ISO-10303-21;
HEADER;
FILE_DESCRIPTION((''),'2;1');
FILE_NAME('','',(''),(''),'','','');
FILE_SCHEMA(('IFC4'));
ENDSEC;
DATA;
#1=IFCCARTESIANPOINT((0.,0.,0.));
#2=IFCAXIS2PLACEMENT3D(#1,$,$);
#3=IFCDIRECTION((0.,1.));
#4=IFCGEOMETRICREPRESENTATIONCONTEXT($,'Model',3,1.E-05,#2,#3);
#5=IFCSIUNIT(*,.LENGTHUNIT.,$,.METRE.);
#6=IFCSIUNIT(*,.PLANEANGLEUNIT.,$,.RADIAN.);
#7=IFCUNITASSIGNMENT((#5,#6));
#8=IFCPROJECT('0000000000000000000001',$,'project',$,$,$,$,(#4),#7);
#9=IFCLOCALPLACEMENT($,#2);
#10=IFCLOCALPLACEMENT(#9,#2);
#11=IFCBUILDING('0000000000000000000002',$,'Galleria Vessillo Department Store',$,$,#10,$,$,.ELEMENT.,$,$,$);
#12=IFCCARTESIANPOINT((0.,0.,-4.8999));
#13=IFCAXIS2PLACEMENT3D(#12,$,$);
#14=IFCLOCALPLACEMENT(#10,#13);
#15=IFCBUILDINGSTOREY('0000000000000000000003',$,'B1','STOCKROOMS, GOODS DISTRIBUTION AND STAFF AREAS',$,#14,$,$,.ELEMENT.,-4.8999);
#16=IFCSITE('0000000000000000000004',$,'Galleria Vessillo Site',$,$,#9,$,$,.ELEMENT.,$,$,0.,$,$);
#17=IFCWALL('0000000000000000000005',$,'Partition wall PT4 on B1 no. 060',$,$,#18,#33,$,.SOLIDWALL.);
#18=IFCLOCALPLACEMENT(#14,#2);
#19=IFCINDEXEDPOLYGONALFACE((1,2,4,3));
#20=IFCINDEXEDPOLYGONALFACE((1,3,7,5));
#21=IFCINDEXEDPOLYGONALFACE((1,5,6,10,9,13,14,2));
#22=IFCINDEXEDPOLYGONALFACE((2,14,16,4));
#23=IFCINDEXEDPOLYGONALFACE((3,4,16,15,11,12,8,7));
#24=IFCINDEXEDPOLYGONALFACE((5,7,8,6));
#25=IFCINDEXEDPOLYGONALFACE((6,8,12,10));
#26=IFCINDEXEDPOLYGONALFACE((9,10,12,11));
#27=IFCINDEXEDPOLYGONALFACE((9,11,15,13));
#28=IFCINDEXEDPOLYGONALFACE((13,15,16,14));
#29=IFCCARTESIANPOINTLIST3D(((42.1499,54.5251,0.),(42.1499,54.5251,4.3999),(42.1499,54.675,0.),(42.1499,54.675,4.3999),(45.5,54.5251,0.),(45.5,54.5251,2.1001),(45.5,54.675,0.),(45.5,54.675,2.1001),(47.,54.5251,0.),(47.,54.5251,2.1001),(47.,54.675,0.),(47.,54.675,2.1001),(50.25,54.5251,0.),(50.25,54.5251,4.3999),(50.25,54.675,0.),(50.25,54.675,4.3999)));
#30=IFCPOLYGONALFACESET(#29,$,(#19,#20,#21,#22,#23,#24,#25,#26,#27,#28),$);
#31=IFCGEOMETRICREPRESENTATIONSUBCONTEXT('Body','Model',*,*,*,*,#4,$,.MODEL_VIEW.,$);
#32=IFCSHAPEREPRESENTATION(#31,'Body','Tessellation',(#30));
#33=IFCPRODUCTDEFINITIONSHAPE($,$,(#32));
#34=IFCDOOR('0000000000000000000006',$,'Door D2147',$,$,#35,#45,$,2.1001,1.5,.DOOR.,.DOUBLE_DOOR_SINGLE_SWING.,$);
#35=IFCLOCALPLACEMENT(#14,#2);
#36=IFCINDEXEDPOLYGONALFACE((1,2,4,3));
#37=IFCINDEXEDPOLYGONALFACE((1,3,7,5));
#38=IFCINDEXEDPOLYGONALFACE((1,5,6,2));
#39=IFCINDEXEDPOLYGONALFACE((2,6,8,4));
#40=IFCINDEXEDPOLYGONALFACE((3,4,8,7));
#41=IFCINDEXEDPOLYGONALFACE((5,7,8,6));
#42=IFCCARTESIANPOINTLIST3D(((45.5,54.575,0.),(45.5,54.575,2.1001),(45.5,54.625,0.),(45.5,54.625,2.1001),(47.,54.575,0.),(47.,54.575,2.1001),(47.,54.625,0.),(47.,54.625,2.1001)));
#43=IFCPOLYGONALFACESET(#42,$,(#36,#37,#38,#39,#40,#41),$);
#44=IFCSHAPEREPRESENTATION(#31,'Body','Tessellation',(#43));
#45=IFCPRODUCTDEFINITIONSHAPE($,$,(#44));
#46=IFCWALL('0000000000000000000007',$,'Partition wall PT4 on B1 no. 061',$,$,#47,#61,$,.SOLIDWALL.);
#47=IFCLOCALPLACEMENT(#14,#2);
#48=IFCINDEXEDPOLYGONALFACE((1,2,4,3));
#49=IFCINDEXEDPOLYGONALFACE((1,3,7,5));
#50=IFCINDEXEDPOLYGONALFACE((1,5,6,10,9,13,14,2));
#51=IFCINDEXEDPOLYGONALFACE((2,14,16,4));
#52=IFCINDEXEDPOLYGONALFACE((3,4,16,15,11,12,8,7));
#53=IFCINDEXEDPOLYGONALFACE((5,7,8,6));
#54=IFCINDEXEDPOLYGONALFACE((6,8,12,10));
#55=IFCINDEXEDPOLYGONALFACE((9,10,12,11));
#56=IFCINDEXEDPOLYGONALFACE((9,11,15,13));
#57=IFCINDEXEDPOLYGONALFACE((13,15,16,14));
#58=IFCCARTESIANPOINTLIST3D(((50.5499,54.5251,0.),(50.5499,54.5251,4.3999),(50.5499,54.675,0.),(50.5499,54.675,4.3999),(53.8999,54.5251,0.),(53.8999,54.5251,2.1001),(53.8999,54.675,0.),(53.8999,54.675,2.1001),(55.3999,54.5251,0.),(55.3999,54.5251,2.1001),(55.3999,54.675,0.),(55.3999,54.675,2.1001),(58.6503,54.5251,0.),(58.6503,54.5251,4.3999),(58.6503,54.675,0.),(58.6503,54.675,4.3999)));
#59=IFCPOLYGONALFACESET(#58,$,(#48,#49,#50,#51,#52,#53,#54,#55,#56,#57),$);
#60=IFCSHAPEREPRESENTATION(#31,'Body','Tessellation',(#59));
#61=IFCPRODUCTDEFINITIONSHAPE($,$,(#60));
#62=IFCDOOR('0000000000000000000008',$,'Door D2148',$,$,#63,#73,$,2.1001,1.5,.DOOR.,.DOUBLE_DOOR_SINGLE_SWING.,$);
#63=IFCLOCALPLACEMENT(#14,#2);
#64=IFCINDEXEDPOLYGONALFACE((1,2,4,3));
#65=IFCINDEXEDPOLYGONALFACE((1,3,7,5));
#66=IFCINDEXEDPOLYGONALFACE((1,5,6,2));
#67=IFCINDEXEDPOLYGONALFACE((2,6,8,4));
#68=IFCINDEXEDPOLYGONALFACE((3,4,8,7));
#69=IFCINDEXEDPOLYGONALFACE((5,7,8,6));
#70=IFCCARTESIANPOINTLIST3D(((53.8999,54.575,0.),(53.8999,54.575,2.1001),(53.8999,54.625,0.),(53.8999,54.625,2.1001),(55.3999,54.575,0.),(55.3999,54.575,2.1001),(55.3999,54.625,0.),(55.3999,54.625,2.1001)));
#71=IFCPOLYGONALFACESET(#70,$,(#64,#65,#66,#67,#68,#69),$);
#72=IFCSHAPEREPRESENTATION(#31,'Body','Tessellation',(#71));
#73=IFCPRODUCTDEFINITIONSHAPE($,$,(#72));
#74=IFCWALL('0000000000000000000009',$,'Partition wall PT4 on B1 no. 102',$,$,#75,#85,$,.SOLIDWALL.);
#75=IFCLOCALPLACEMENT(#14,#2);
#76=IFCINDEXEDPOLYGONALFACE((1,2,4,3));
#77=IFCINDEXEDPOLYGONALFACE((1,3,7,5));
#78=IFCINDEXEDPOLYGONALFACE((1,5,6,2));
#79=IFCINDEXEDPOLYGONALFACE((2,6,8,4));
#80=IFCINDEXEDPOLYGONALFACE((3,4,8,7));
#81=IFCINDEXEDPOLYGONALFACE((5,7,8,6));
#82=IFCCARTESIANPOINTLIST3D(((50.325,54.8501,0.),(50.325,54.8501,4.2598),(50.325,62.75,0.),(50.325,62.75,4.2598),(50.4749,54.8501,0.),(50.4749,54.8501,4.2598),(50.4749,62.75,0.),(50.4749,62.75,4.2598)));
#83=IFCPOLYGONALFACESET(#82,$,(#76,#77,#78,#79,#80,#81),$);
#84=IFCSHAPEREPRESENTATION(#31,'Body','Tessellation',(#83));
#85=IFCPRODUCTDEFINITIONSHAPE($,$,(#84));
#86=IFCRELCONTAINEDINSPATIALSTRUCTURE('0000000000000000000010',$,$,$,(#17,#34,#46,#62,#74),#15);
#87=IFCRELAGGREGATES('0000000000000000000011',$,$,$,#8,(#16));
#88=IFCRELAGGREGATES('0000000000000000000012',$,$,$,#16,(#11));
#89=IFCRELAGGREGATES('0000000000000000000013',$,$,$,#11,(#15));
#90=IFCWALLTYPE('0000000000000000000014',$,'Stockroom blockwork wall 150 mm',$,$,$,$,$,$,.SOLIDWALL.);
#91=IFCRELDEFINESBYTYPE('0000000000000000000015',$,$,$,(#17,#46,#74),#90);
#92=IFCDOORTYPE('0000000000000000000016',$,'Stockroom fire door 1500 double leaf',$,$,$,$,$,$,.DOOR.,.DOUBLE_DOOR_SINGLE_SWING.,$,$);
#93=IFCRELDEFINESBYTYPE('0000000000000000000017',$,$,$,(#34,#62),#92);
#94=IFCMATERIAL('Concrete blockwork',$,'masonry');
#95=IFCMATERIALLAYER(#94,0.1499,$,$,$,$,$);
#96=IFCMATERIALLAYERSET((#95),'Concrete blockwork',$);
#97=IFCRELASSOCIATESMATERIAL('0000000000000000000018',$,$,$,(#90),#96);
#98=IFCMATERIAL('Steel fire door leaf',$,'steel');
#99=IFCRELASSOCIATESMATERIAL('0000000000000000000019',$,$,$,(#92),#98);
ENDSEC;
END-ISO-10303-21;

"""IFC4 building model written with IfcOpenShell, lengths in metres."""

from ifc_helpers import new_model, si_unit, direction, frame, frame_2d, origin, place, context, subcontext, project, spatial, rectangle, extrude, material, layer, layer_set, type_object, element, fill, save


model = new_model("IFC4")

# Units and contexts
model_context = context("Model", 3, precision=1e-05, world=origin(), true_north=direction((0.0, 1.0)))
body_context = subcontext(model_context, "Body", "Model", "MODEL_VIEW")
ifc_project = project(units=[si_unit("LENGTHUNIT", "METRE"), si_unit("PLANEANGLEUNIT", "RADIAN")], contexts=[model_context])

# Site, building, storey
site_placement = place(None, origin())
site = spatial("IfcSite", under=ifc_project, at=site_placement, Name="Galleria Vessillo Site", CompositionType="ELEMENT", RefElevation=0.0)
building_placement = place(site_placement, origin())
building = spatial("IfcBuilding", under=site, at=building_placement, Name="Galleria Vessillo Department Store", CompositionType="ELEMENT")
storey_placement = place(building_placement, frame((0.0, 0.0, -4.8999)))
storey = spatial("IfcBuildingStorey", under=building, at=storey_placement, Name="B1", Description="STOCKROOMS, GOODS DISTRIBUTION AND STAFF AREAS", CompositionType="ELEMENT", Elevation=-4.8999)

# Walls, openings, doors
ifc_material_1 = material(Name="Concrete blockwork", Category="masonry")
ifc_layer_1 = layer(ifc_material_1, 0.1499)
ifc_layer_set_1 = layer_set([ifc_layer_1], Name="Concrete blockwork")
wall_type_1 = type_object("IfcWallType", Name="Stockroom blockwork wall 150 mm", PredefinedType="SOLIDWALL", material=ifc_layer_set_1)
wall_1_placement = place(storey_placement, frame((42.1499, 54.6001, 0.0), z_axis=(0.0, 0.0, 1.0), x_axis=(1.0, 0.0, 0.0)))
wall_1 = element("IfcWall", 1, at=wall_1_placement, inside=storey, type_object=wall_type_1, Name="Partition wall PT4 on B1 no. 060", PredefinedType="SOLIDWALL", context=body_context, shape_type="SweptSolid", body=[
    extrude(rectangle(XDim=8.1001, YDim=0.1499, at=frame_2d((4.05, 0.0))), origin(), (0.0, 0.0, 1.0), 4.3999),
])
opening_1_placement = place(wall_1_placement, frame((3.3501, 0.0, 0.0)))
opening_1 = element("IfcOpeningElement", 2, at=opening_1_placement, cuts=wall_1, PredefinedType="OPENING", context=body_context, shape_type="SweptSolid", body=[
    extrude(rectangle(XDim=1.5, YDim=2.1001, at=frame_2d((0.75, 1.05))), frame((0.0, 0.085, 0.0), z_axis=(0.0, -1.0, 0.0), x_axis=(1.0, 0.0, 0.0)), (0.0, 0.0, 1.0), 0.1699),
])
ifc_material_2 = material(Name="Steel fire door leaf", Category="steel")
door_type_1 = type_object("IfcDoorType", Name="Stockroom fire door 1500 double leaf", OperationType="DOUBLE_DOOR_SINGLE_SWING", PredefinedType="DOOR", material=ifc_material_2)
door_1_placement = place(opening_1_placement, origin())
door_1 = element("IfcDoor", 3, at=door_1_placement, inside=storey, type_object=door_type_1, Name="Door D2147", OperationType="DOUBLE_DOOR_SINGLE_SWING", OverallHeight=2.1001, OverallWidth=1.5, PredefinedType="DOOR", context=body_context, shape_type="SweptSolid", body=[
    extrude(rectangle(XDim=1.5, YDim=2.1001, at=frame_2d((0.75, 1.05))), frame((0.0, 0.0249, 0.0), z_axis=(0.0, -1.0, 0.0), x_axis=(1.0, 0.0, 0.0)), (0.0, 0.0, 1.0), 0.05),
])
fill(opening_1, door_1)
wall_2_placement = place(storey_placement, frame((50.5498, 54.6001, 0.0), z_axis=(0.0, 0.0, 1.0), x_axis=(1.0, 0.0, 0.0)))
wall_2 = element("IfcWall", 4, at=wall_2_placement, inside=storey, type_object=wall_type_1, Name="Partition wall PT4 on B1 no. 061", PredefinedType="SOLIDWALL", context=body_context, shape_type="SweptSolid", body=[
    extrude(rectangle(XDim=8.1003, YDim=0.1499, at=frame_2d((4.0503, 0.0))), origin(), (0.0, 0.0, 1.0), 4.3999),
])
opening_2_placement = place(wall_2_placement, frame((3.3501, 0.0, 0.0)))
opening_2 = element("IfcOpeningElement", 5, at=opening_2_placement, cuts=wall_2, PredefinedType="OPENING", context=body_context, shape_type="SweptSolid", body=[
    extrude(rectangle(XDim=1.5, YDim=2.1001, at=frame_2d((0.75, 1.05))), frame((0.0, 0.085, 0.0), z_axis=(0.0, -1.0, 0.0), x_axis=(1.0, 0.0, 0.0)), (0.0, 0.0, 1.0), 0.1699),
])
door_2_placement = place(opening_2_placement, origin())
door_2 = element("IfcDoor", 6, at=door_2_placement, inside=storey, type_object=door_type_1, Name="Door D2148", OperationType="DOUBLE_DOOR_SINGLE_SWING", OverallHeight=2.1001, OverallWidth=1.5, PredefinedType="DOOR", context=body_context, shape_type="SweptSolid", body=[
    extrude(rectangle(XDim=1.5, YDim=2.1001, at=frame_2d((0.75, 1.05))), frame((0.0, 0.0249, 0.0), z_axis=(0.0, -1.0, 0.0), x_axis=(1.0, 0.0, 0.0)), (0.0, 0.0, 1.0), 0.05),
])
fill(opening_2, door_2)

# Wall
wall_3_placement = place(storey_placement, frame((50.3999, 54.8501, 0.0), z_axis=(0.0, 0.0, 1.0), x_axis=(0.0, 1.0, 0.0)))
element("IfcWall", 7, at=wall_3_placement, inside=storey, type_object=wall_type_1, Name="Partition wall PT4 on B1 no. 102", PredefinedType="SOLIDWALL", context=body_context, shape_type="SweptSolid", body=[
    extrude(rectangle(XDim=7.8999, YDim=0.1499, at=frame_2d((3.95, 0.0))), origin(), (0.0, 0.0, 1.0), 4.2598),
])

save(model, "model.ifc")
